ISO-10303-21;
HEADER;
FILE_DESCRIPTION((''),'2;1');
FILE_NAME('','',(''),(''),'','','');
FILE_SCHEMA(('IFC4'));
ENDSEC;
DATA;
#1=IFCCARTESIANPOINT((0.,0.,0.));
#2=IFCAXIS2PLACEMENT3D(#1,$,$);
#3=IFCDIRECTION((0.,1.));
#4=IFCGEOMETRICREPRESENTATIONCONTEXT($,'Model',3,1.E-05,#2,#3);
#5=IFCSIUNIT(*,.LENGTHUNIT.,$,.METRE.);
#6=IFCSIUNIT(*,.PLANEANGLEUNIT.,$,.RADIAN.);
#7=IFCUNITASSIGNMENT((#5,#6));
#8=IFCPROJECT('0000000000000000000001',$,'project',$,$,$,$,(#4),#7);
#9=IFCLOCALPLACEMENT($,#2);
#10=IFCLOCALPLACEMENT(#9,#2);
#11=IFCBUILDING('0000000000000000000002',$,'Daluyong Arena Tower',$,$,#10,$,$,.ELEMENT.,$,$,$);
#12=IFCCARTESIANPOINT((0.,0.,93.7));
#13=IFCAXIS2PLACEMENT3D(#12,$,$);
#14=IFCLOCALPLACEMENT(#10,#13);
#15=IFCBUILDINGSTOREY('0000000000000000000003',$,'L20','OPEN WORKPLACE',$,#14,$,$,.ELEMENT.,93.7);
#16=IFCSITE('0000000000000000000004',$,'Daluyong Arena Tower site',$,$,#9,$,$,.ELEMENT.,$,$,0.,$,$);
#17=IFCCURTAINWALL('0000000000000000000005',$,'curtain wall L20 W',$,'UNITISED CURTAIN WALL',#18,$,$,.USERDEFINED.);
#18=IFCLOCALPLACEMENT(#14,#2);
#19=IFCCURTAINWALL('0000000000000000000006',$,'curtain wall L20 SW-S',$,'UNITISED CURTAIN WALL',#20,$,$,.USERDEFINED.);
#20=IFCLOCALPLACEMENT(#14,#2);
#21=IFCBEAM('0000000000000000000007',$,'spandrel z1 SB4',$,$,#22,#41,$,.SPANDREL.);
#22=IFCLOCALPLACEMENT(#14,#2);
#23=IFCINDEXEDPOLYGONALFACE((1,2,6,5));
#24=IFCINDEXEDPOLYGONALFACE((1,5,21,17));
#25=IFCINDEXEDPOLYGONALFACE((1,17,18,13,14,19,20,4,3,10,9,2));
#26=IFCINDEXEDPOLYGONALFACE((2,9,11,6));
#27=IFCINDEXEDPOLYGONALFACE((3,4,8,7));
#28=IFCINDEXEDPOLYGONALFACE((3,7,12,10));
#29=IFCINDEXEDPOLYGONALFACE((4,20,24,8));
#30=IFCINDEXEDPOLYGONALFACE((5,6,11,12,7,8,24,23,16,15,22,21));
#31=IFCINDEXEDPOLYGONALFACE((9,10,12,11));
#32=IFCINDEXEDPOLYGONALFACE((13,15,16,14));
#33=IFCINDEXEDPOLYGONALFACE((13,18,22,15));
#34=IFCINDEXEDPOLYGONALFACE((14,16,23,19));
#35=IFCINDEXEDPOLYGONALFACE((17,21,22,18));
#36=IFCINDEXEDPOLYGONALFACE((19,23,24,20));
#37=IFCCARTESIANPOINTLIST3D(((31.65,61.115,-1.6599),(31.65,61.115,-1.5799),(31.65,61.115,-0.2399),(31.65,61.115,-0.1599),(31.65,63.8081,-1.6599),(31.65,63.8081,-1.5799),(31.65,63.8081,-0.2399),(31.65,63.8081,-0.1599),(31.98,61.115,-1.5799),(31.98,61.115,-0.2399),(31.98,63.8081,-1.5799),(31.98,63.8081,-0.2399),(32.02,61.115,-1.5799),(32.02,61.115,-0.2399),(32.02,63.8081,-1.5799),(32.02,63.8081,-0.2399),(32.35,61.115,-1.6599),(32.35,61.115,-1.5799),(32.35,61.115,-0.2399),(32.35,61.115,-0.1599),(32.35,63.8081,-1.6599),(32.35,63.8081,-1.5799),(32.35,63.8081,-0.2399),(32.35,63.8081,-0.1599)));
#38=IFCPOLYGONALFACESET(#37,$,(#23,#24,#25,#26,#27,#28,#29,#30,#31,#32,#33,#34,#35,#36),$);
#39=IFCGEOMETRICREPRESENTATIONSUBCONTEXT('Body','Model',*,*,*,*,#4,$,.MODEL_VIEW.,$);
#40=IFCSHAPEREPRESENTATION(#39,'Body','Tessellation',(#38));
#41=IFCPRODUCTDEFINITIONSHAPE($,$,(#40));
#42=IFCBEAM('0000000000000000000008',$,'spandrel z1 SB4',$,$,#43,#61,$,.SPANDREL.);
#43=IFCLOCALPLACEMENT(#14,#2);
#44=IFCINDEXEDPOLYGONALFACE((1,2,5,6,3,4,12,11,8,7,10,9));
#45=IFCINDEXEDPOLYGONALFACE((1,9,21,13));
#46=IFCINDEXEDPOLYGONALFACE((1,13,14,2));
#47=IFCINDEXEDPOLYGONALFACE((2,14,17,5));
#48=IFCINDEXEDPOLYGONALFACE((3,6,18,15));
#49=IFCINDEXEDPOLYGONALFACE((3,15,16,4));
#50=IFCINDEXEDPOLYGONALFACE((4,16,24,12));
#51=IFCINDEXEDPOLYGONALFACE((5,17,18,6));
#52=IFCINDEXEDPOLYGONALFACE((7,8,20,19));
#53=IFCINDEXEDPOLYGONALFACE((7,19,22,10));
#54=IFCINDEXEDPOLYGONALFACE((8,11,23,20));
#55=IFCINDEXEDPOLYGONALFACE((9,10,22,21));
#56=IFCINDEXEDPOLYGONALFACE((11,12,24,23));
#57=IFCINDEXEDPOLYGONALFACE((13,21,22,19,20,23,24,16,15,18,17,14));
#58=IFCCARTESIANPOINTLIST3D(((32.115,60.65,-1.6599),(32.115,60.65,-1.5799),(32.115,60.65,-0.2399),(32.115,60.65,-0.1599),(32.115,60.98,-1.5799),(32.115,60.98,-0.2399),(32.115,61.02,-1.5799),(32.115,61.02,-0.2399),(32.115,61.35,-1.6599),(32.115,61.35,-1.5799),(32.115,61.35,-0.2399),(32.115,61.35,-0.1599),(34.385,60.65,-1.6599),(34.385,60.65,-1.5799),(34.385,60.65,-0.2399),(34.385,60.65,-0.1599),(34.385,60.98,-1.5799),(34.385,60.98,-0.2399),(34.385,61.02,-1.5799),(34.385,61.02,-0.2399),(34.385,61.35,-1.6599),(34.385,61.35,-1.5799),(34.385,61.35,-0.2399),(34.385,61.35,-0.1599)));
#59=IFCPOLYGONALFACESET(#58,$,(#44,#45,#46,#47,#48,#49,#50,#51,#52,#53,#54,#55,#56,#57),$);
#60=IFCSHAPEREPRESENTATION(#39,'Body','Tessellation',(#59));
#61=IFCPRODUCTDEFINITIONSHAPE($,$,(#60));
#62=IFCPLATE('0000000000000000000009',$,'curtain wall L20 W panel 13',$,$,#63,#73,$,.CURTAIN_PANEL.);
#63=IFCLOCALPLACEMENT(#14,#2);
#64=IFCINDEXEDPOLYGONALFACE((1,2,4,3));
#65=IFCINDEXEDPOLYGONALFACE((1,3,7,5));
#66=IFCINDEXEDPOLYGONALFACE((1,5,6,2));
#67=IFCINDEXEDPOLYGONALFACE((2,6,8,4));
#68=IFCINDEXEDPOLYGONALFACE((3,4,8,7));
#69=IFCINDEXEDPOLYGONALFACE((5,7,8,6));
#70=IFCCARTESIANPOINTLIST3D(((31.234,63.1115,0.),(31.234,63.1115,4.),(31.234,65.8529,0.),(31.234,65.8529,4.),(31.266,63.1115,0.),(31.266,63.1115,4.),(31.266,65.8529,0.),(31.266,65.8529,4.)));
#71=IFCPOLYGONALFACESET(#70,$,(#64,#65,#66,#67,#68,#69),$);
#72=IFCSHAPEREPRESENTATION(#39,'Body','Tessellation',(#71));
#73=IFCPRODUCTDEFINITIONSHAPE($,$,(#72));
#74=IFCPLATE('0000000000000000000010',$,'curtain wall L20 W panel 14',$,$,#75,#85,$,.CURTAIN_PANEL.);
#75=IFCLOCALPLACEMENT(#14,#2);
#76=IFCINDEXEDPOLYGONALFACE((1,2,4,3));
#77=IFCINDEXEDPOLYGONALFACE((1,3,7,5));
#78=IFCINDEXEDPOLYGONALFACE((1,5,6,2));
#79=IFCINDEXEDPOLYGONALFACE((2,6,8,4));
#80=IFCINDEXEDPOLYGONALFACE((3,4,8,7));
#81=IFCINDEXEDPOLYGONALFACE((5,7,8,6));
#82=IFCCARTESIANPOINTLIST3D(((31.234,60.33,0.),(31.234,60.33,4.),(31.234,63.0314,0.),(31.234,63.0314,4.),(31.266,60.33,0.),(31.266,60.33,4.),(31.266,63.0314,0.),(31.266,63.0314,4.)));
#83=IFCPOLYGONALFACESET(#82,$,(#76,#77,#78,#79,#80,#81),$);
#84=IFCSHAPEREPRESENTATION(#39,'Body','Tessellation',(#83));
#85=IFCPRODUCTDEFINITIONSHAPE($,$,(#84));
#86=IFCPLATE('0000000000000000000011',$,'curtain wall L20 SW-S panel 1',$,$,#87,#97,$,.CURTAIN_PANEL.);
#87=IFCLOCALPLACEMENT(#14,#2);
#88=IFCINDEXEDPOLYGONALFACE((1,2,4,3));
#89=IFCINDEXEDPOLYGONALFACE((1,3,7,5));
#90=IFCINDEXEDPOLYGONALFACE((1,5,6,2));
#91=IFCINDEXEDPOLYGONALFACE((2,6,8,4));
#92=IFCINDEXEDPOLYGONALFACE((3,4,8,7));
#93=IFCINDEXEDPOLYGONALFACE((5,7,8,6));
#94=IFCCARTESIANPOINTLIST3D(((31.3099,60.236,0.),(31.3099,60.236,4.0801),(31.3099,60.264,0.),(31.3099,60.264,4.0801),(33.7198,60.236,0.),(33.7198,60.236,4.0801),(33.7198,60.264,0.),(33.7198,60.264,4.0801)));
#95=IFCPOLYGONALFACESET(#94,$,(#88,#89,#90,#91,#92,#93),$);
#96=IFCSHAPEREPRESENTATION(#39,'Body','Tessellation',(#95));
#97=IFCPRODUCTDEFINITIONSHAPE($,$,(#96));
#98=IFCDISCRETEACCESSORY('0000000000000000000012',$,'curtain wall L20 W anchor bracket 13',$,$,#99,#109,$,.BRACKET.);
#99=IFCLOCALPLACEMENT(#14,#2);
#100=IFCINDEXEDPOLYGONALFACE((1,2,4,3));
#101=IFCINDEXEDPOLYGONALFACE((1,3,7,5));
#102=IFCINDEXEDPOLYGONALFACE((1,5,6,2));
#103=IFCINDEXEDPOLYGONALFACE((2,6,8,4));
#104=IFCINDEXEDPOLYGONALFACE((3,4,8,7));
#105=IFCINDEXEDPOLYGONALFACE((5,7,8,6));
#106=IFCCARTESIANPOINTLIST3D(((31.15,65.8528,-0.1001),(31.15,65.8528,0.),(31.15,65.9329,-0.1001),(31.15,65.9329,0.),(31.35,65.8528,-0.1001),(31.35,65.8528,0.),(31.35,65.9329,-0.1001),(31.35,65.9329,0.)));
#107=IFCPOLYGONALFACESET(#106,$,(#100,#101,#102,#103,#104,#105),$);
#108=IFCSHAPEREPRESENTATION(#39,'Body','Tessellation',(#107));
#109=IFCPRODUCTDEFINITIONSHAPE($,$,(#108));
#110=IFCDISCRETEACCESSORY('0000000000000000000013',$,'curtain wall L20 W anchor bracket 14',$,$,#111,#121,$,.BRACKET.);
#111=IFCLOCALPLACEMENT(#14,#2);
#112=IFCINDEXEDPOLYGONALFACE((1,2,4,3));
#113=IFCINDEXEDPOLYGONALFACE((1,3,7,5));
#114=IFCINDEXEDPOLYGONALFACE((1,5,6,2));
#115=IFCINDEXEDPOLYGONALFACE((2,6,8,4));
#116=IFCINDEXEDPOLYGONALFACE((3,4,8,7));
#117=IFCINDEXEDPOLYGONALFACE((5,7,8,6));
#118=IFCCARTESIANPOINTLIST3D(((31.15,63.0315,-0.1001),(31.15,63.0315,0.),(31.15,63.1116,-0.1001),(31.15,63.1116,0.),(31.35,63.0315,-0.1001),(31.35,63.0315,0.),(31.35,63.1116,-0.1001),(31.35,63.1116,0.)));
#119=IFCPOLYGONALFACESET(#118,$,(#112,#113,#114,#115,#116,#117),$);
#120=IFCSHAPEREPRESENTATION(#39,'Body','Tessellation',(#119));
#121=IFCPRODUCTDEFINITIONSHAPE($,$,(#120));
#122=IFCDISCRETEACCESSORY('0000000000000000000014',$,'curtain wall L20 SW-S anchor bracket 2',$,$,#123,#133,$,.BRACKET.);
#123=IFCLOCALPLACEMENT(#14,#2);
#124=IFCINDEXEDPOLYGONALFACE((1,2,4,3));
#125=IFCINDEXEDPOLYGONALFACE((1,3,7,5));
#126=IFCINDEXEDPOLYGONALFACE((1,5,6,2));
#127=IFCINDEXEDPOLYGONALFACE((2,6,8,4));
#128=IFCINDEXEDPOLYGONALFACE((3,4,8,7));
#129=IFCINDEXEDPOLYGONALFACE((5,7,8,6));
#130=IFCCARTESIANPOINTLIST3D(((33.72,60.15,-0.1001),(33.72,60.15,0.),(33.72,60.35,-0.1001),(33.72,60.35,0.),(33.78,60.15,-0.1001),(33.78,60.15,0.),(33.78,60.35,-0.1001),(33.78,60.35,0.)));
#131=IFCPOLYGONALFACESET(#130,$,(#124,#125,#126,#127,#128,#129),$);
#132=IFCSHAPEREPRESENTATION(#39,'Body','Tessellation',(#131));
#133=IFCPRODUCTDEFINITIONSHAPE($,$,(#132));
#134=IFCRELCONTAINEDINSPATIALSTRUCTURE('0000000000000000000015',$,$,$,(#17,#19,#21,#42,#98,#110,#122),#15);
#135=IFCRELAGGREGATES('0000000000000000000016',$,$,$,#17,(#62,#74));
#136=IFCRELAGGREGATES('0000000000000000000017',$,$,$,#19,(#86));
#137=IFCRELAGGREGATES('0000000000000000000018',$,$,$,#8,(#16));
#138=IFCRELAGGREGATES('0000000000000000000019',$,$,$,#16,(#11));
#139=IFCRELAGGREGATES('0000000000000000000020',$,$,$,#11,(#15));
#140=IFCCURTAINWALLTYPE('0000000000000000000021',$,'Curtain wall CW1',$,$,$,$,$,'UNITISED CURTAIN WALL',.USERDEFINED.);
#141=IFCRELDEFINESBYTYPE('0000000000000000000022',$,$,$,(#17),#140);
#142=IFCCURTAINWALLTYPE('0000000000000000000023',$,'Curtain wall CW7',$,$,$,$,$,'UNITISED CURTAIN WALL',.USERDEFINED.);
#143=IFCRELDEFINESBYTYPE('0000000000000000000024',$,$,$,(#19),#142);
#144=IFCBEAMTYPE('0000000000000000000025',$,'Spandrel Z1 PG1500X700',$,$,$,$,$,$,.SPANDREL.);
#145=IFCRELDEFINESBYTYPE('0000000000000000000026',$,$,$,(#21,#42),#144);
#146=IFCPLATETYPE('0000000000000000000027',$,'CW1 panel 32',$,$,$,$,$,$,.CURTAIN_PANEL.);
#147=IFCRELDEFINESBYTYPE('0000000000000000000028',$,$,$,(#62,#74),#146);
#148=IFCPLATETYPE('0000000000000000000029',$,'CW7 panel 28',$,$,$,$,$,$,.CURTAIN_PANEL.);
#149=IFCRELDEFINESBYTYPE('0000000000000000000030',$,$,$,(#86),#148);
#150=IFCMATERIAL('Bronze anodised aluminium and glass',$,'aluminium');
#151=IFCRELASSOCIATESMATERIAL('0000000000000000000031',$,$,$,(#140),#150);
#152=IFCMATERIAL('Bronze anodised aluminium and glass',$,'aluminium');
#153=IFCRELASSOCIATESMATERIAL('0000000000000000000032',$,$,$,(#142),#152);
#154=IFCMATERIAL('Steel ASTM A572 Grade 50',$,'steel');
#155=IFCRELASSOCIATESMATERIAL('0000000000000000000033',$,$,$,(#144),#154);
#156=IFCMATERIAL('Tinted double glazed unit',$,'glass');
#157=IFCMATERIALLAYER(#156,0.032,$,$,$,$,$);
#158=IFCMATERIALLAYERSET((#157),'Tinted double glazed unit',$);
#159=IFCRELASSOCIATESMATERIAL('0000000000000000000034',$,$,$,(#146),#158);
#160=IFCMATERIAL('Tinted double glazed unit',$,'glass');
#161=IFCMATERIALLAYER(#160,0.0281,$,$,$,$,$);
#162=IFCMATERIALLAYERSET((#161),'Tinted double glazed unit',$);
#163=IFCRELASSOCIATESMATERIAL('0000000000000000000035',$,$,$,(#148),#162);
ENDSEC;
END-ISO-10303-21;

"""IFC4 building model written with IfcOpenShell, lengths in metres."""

from ifc_helpers import new_model, si_unit, direction, frame, origin, origin_2d, place, context, subcontext, project, spatial, rectangle, i_section, extrude, material, layer, layer_set, material_profile, profile_set, type_object, element, aggregate, save


model = new_model("IFC4")

# Units and contexts
model_context = context("Model", 3, precision=1e-05, world=origin(), true_north=direction((0.0, 1.0)))
body_context = subcontext(model_context, "Body", "Model", "MODEL_VIEW")
ifc_project = project(units=[si_unit("LENGTHUNIT", "METRE"), si_unit("PLANEANGLEUNIT", "RADIAN")], contexts=[model_context])

# Site, building, storey
site_placement = place(None, origin())
site = spatial("IfcSite", under=ifc_project, at=site_placement, Name="Daluyong Arena Tower site", CompositionType="ELEMENT", RefElevation=0.0)
building_placement = place(site_placement, origin())
building = spatial("IfcBuilding", under=site, at=building_placement, Name="Daluyong Arena Tower", CompositionType="ELEMENT")
storey_placement = place(building_placement, frame((0.0, 0.0, 93.7)))
storey = spatial("IfcBuildingStorey", under=building, at=storey_placement, Name="L20", Description="OPEN WORKPLACE", CompositionType="ELEMENT", Elevation=93.7)

# Curtain walls
ifc_material_1 = material(Name="Bronze anodised aluminium and glass", Category="aluminium")
curtain_wall_type_1 = type_object("IfcCurtainWallType", Name="Curtain wall CW1", ElementType="UNITISED CURTAIN WALL", PredefinedType="USERDEFINED", material=ifc_material_1)
curtain_wall_1_placement = place(storey_placement, origin())
curtain_wall_1 = element("IfcCurtainWall", 1, at=curtain_wall_1_placement, inside=storey, type_object=curtain_wall_type_1, Name="curtain wall L20 W", ObjectType="UNITISED CURTAIN WALL", PredefinedType="USERDEFINED")
ifc_material_2 = material(Name="Bronze anodised aluminium and glass", Category="aluminium")
curtain_wall_type_2 = type_object("IfcCurtainWallType", Name="Curtain wall CW7", ElementType="UNITISED CURTAIN WALL", PredefinedType="USERDEFINED", material=ifc_material_2)
curtain_wall_2_placement = place(storey_placement, origin())
curtain_wall_2 = element("IfcCurtainWall", 2, at=curtain_wall_2_placement, inside=storey, type_object=curtain_wall_type_2, Name="curtain wall L20 SW-S", ObjectType="UNITISED CURTAIN WALL", PredefinedType="USERDEFINED")

# Beams
ifc_material_3 = material(Name="Steel ASTM A572 Grade 50", Category="steel")
ifc_material_profile_1 = material_profile(ifc_material_3, i_section(OverallWidth=0.7, OverallDepth=1.5, WebThickness=0.04, FlangeThickness=0.08, at=origin_2d()))
ifc_profile_set_1 = profile_set([ifc_material_profile_1], Name="Steel ASTM A572 Grade 50")
beam_type_1 = type_object("IfcBeamType", Name="Spandrel Z1 PG1500X700", PredefinedType="SPANDREL", material=ifc_profile_set_1)
beam_1_placement = place(storey_placement, frame((32.0, 63.8081, -0.9099), z_axis=(0.0, -1.0, 0.0), x_axis=(1.0, 0.0, 0.0)))
element("IfcBeam", 3, at=beam_1_placement, inside=storey, type_object=beam_type_1, Name="spandrel z1 SB4", PredefinedType="SPANDREL", context=body_context, shape_type="SweptSolid", body=[
    extrude(i_section(OverallWidth=0.7, OverallDepth=1.5, WebThickness=0.04, FlangeThickness=0.08, at=origin_2d()), origin(), (0.0, 0.0, 1.0), 2.6931),
])
beam_2_placement = place(storey_placement, frame((32.115, 61.0, -0.9099), z_axis=(1.0, 0.0, 0.0), x_axis=(0.0, 1.0, 0.0)))
element("IfcBeam", 4, at=beam_2_placement, inside=storey, type_object=beam_type_1, Name="spandrel z1 SB4", PredefinedType="SPANDREL", context=body_context, shape_type="SweptSolid", body=[
    extrude(i_section(OverallWidth=0.7, OverallDepth=1.5, WebThickness=0.04, FlangeThickness=0.08, at=origin_2d()), origin(), (0.0, 0.0, 1.0), 2.27),
])

# Plates
ifc_material_4 = material(Name="Tinted double glazed unit", Category="glass")
ifc_layer_1 = layer(ifc_material_4, 0.032)
ifc_layer_set_1 = layer_set([ifc_layer_1], Name="Tinted double glazed unit")
plate_type_1 = type_object("IfcPlateType", Name="CW1 panel 32", PredefinedType="CURTAIN_PANEL", material=ifc_layer_set_1)
plate_1_placement = place(storey_placement, frame((31.25, 64.4822, 0.0), z_axis=(0.0, 0.0, 1.0), x_axis=(0.0, -1.0, 0.0)))
plate_1 = element("IfcPlate", 5, at=plate_1_placement, type_object=plate_type_1, Name="curtain wall L20 W panel 13", PredefinedType="CURTAIN_PANEL", context=body_context, shape_type="SweptSolid", body=[
    extrude(rectangle(XDim=2.7415, YDim=0.032, at=origin_2d()), origin(), (0.0, 0.0, 1.0), 4.0),
])
plate_2_placement = place(storey_placement, frame((31.25, 61.6807, 0.0), z_axis=(0.0, 0.0, 1.0), x_axis=(0.0, -1.0, 0.0)))
plate_2 = element("IfcPlate", 6, at=plate_2_placement, type_object=plate_type_1, Name="curtain wall L20 W panel 14", PredefinedType="CURTAIN_PANEL", context=body_context, shape_type="SweptSolid", body=[
    extrude(rectangle(XDim=2.7014, YDim=0.032, at=origin_2d()), origin(), (0.0, 0.0, 1.0), 4.0),
])
aggregate(curtain_wall_1, [plate_1, plate_2])
ifc_material_5 = material(Name="Tinted double glazed unit", Category="glass")
ifc_layer_2 = layer(ifc_material_5, 0.0281)
ifc_layer_set_2 = layer_set([ifc_layer_2], Name="Tinted double glazed unit")
plate_type_2 = type_object("IfcPlateType", Name="CW7 panel 28", PredefinedType="CURTAIN_PANEL", material=ifc_layer_set_2)
plate_3_placement = place(storey_placement, frame((32.5149, 60.25, 0.0), z_axis=(0.0, 0.0, 1.0), x_axis=(1.0, 0.0, 0.0)))
plate_3 = element("IfcPlate", 7, at=plate_3_placement, type_object=plate_type_2, Name="curtain wall L20 SW-S panel 1", PredefinedType="CURTAIN_PANEL", context=body_context, shape_type="SweptSolid", body=[
    extrude(rectangle(XDim=2.4099, YDim=0.0281, at=origin_2d()), origin(), (0.0, 0.0, 1.0), 4.0801),
])
aggregate(curtain_wall_2, [plate_3])

# Discrete accessories
for number, where, z_axis, x_axis, name in (
    (8, (31.25, 65.8928, -0.1001), (0.0, 0.0, 1.0), (0.0, -1.0, 0.0), "curtain wall L20 W anchor bracket 13"),
    (9, (31.25, 63.0715, -0.1001), (0.0, 0.0, 1.0), (0.0, -1.0, 0.0), "curtain wall L20 W anchor bracket 14"),
):
    element("IfcDiscreteAccessory", number, at=place(storey_placement, frame(where, z_axis=z_axis, x_axis=x_axis)), inside=storey, Name=name, PredefinedType="BRACKET", context=body_context, shape_type="SweptSolid", body=[
        extrude(rectangle(XDim=0.0801, YDim=0.2, at=origin_2d()), origin(), (0.0, 0.0, 1.0), 0.1001),
    ])
discrete_accessory_placement = place(storey_placement, frame((33.75, 60.25, -0.1001), z_axis=(0.0, 0.0, 1.0), x_axis=(1.0, 0.0, 0.0)))
element("IfcDiscreteAccessory", 10, at=discrete_accessory_placement, inside=storey, Name="curtain wall L20 SW-S anchor bracket 2", PredefinedType="BRACKET", context=body_context, shape_type="SweptSolid", body=[
    extrude(rectangle(XDim=0.0601, YDim=0.2, at=origin_2d()), origin(), (0.0, 0.0, 1.0), 0.1001),
])

save(model, "model.ifc")
